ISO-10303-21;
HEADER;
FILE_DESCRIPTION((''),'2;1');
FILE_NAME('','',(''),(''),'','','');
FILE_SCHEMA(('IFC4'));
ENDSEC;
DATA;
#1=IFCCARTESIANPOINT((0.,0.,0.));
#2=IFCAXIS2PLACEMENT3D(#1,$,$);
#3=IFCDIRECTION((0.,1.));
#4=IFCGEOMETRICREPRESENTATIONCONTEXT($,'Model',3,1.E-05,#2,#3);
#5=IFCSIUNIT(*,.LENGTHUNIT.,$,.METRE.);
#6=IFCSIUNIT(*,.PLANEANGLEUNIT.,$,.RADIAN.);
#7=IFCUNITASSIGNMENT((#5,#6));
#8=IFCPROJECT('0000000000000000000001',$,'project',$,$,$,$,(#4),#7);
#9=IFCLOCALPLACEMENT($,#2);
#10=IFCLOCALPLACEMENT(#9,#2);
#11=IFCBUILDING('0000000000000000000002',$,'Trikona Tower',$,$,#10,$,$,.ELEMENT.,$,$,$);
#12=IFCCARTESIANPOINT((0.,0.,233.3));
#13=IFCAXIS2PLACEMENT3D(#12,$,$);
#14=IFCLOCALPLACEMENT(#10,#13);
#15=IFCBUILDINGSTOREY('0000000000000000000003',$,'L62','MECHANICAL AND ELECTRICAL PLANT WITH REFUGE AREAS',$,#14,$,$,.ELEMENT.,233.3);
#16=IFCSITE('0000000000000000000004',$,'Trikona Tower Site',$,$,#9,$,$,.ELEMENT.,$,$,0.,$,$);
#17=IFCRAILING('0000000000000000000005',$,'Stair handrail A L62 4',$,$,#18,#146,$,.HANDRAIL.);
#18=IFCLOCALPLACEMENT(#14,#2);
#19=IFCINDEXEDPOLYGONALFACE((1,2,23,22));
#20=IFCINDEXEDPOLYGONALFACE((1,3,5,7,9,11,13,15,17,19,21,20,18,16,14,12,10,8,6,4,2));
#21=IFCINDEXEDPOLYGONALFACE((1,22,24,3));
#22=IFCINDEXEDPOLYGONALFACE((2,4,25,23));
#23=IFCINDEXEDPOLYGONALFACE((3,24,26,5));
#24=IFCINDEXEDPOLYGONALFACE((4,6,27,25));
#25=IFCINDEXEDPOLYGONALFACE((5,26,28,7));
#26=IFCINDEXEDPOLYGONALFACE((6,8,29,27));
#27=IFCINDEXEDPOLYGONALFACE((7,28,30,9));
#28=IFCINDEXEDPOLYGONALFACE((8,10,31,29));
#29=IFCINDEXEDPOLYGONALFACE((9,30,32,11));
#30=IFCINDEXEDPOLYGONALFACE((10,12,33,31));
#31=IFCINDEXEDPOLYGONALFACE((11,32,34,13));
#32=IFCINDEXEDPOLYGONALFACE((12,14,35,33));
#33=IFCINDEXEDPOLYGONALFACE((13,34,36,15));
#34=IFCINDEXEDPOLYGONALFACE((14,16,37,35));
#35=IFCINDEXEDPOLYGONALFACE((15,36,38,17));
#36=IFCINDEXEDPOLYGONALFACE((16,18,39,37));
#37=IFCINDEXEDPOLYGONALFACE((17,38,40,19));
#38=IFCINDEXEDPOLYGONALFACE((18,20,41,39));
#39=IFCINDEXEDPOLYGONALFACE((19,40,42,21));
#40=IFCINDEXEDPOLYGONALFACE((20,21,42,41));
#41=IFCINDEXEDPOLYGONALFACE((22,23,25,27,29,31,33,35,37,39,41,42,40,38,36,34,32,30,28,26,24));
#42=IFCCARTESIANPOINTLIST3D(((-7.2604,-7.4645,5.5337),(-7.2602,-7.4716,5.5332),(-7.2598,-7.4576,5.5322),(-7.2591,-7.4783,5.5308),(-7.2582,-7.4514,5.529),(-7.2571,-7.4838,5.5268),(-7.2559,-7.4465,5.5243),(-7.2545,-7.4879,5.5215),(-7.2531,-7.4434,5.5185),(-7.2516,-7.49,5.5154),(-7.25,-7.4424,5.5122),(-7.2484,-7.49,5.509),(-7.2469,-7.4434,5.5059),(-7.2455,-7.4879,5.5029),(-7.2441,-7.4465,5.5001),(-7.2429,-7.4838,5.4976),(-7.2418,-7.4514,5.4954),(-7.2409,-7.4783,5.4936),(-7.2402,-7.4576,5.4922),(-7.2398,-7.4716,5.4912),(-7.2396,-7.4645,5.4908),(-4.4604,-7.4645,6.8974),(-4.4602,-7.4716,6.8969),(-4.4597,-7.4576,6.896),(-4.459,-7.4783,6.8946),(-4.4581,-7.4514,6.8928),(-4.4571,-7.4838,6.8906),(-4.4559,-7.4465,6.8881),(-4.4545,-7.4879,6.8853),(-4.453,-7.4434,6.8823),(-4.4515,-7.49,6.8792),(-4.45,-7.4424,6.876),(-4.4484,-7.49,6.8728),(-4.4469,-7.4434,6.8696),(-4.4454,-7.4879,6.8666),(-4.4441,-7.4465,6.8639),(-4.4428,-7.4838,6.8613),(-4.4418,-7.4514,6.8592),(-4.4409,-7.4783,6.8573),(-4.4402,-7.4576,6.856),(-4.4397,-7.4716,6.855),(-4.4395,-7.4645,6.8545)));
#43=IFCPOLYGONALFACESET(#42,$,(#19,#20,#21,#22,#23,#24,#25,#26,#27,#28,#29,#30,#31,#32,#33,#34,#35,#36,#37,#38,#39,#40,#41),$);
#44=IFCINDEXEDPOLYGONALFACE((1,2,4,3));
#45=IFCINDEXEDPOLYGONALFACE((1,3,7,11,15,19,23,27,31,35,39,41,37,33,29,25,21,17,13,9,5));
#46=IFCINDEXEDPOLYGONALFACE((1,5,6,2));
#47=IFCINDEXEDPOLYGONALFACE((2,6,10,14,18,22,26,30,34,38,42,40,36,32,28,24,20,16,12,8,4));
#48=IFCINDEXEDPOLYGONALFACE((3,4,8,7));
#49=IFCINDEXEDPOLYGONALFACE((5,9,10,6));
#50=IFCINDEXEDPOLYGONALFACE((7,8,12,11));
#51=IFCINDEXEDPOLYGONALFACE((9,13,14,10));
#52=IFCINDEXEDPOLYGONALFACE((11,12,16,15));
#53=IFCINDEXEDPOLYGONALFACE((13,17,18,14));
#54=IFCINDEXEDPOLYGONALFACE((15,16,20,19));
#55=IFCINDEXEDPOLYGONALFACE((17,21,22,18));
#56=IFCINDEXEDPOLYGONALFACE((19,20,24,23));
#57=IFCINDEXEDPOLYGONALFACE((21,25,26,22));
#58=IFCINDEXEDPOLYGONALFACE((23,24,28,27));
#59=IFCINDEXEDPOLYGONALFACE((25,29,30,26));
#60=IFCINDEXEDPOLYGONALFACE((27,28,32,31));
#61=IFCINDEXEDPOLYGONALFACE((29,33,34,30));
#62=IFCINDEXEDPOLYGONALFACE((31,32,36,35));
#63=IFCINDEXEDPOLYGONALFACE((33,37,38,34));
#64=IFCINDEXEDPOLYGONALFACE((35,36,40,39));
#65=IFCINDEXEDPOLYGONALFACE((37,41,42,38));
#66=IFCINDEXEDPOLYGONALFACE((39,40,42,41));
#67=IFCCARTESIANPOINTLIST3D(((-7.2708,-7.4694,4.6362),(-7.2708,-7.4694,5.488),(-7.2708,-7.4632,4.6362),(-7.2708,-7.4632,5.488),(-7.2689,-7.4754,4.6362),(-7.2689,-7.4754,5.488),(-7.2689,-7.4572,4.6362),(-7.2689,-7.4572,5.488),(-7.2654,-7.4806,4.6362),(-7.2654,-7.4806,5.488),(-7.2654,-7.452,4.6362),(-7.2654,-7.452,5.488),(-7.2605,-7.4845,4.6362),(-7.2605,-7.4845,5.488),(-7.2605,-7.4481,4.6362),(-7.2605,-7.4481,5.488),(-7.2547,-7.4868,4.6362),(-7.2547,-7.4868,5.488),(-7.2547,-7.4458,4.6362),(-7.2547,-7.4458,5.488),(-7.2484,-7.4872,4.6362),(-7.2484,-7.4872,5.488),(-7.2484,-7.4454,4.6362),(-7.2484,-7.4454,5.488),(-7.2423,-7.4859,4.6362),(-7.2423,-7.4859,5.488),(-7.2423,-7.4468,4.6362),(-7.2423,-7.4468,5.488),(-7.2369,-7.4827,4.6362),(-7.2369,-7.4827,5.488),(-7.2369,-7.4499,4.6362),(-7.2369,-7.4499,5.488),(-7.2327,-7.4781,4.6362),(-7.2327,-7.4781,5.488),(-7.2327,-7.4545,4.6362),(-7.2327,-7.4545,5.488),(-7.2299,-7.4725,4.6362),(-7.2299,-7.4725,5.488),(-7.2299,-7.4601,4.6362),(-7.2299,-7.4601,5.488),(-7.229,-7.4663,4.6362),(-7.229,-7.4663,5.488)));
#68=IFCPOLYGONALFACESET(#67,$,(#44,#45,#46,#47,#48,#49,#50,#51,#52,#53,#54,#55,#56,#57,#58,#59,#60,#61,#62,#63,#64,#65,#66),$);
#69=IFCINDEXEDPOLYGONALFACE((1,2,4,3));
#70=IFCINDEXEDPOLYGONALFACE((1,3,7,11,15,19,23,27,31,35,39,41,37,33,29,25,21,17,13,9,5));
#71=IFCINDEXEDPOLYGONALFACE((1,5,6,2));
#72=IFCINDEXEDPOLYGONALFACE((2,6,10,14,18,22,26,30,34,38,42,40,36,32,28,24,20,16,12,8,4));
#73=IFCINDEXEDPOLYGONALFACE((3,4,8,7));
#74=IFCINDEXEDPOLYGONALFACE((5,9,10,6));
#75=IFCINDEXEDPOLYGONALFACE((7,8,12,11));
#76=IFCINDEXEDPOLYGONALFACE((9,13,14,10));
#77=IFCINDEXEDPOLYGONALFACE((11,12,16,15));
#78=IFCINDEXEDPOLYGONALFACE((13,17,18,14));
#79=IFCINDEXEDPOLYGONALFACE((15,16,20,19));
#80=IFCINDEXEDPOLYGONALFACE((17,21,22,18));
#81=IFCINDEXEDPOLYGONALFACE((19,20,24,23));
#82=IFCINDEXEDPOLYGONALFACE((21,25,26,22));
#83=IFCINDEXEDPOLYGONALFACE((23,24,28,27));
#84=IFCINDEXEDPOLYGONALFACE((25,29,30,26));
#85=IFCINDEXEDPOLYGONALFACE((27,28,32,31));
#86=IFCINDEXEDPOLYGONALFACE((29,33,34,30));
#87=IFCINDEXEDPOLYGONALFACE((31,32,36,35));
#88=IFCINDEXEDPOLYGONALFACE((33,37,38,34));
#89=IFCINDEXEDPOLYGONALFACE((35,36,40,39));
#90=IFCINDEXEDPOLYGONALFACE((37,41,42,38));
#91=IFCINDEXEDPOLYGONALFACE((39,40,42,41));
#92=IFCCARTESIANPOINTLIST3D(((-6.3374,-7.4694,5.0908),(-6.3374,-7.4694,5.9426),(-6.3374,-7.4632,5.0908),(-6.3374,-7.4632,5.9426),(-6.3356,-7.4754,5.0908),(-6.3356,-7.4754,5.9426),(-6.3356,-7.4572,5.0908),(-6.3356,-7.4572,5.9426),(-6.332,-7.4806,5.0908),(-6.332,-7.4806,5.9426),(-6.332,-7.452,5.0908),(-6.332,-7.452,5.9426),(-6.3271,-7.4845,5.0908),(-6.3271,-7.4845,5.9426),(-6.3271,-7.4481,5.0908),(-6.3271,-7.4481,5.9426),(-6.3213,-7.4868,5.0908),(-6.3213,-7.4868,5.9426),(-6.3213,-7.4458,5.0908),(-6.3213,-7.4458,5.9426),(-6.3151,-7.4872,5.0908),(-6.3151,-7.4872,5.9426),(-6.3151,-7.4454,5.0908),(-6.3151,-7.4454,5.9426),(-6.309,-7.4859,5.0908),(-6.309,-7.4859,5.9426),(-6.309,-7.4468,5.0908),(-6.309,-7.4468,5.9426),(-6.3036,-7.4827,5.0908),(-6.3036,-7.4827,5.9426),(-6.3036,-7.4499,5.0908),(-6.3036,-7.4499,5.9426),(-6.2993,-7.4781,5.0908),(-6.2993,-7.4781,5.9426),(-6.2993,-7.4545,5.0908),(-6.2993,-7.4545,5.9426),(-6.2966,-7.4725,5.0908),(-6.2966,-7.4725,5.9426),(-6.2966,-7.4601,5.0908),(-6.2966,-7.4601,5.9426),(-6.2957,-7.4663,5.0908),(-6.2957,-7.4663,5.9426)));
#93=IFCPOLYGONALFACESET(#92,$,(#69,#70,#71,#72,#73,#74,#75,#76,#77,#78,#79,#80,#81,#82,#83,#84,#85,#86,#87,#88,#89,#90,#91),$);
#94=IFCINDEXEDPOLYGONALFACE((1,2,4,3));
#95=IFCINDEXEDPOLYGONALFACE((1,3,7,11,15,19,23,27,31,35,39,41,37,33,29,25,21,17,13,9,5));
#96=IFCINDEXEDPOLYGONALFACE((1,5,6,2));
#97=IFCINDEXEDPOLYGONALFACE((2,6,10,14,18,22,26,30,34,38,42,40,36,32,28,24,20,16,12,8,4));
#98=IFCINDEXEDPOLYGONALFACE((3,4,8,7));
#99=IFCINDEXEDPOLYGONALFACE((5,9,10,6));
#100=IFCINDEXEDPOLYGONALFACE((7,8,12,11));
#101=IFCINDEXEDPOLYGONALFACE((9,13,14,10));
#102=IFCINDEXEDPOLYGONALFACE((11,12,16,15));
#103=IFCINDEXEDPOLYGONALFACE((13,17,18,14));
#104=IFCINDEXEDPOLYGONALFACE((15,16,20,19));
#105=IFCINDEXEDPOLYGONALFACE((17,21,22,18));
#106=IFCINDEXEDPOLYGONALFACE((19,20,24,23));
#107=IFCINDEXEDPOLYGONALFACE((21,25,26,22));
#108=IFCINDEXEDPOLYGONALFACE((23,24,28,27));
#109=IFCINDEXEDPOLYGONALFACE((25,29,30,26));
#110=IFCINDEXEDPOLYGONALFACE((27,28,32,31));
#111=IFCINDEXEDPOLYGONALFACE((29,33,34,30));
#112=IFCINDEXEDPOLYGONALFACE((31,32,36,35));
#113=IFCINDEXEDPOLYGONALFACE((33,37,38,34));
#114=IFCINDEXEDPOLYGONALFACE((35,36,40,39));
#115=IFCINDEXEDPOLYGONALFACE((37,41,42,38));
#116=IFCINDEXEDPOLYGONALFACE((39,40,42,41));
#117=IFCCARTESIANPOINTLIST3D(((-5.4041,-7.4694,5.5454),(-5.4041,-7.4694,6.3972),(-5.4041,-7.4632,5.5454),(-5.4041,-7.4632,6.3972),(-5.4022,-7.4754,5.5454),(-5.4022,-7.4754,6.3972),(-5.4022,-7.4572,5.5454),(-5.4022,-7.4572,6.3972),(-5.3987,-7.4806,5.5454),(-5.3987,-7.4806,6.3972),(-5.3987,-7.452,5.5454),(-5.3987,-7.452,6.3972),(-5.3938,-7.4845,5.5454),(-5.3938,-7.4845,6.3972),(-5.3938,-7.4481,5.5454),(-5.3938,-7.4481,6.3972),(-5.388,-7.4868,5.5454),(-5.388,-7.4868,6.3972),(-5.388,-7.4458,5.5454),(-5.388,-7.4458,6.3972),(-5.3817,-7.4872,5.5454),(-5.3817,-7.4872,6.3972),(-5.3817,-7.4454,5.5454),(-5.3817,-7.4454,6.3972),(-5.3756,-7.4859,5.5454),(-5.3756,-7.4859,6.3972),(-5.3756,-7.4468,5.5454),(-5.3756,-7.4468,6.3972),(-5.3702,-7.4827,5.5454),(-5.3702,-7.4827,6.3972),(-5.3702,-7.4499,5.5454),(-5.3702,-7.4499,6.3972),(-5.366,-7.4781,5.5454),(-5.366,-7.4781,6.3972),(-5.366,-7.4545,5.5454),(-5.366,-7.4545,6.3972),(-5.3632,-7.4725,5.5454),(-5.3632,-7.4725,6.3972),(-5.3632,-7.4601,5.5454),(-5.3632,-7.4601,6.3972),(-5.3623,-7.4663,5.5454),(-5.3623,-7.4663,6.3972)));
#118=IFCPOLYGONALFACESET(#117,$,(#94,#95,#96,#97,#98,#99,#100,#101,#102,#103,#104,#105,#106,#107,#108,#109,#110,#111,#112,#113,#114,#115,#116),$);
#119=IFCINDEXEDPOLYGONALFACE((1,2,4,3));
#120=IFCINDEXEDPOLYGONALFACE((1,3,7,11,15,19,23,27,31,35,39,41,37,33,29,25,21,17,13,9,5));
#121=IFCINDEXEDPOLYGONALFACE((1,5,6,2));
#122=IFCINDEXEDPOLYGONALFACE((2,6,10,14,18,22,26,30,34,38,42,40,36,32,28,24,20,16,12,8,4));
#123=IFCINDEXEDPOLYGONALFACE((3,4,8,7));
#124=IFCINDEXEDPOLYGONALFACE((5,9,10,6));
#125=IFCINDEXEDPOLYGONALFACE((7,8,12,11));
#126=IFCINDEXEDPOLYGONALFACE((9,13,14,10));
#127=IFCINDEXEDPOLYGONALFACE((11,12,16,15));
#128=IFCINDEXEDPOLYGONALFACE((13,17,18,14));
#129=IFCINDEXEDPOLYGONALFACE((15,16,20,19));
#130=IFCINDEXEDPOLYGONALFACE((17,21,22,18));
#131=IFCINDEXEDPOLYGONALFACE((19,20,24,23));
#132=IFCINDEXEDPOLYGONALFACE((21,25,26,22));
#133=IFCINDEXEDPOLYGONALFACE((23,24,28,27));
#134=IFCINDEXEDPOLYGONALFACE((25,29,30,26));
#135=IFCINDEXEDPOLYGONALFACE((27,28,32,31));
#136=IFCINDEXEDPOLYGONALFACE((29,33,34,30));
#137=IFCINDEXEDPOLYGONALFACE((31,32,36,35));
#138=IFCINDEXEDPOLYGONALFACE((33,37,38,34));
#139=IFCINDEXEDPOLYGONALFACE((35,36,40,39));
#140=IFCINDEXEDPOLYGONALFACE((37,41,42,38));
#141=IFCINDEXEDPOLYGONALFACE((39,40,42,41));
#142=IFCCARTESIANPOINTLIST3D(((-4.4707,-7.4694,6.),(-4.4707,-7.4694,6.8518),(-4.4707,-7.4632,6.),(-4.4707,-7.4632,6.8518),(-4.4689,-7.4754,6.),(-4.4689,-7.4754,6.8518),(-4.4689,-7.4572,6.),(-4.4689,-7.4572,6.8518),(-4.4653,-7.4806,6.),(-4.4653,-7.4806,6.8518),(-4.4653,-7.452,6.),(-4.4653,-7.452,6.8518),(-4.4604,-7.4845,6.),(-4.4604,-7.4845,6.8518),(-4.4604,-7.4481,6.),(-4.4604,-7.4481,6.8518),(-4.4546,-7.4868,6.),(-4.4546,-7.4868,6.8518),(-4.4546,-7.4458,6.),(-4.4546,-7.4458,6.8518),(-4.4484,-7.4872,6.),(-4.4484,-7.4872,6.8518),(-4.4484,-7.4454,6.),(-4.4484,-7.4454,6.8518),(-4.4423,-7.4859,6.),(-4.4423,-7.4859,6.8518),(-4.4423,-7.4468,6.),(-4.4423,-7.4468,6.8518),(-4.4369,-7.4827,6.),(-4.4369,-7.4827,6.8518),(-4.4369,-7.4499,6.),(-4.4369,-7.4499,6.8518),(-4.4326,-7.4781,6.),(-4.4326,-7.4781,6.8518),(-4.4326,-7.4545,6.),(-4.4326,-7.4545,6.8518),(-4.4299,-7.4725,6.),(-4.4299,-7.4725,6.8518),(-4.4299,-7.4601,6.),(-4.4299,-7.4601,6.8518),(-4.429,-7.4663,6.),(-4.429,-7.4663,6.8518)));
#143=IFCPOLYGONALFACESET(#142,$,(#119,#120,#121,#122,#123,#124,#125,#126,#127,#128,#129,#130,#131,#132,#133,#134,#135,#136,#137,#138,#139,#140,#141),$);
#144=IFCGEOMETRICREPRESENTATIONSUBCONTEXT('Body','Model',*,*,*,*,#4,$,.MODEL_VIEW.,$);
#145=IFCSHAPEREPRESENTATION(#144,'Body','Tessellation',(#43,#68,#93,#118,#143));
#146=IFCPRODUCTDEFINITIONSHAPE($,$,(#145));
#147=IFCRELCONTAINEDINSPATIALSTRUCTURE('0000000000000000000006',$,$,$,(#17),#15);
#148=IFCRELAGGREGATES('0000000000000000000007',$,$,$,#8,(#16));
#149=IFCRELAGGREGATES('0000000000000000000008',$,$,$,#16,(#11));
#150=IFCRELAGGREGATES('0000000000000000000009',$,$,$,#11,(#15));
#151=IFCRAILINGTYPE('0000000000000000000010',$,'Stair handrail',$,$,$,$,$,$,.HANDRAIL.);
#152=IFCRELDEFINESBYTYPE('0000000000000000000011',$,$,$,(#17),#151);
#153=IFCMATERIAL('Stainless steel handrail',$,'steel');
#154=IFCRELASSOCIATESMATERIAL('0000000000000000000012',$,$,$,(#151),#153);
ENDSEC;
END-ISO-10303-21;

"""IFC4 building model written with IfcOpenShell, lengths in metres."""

from ifc_helpers import new_model, si_unit, direction, frame, origin, origin_2d, place, context, subcontext, project, spatial, circle, extrude, material, type_object, element, save


model = new_model("IFC4")

# Units and contexts
model_context = context("Model", 3, precision=1e-05, world=origin(), true_north=direction((0.0, 1.0)))
body_context = subcontext(model_context, "Body", "Model", "MODEL_VIEW")
ifc_project = project(units=[si_unit("LENGTHUNIT", "METRE"), si_unit("PLANEANGLEUNIT", "RADIAN")], contexts=[model_context])

# Site, building, storey
site_placement = place(None, origin())
site = spatial("IfcSite", under=ifc_project, at=site_placement, Name="Trikona Tower Site", CompositionType="ELEMENT", RefElevation=0.0)
building_placement = place(site_placement, origin())
building = spatial("IfcBuilding", under=site, at=building_placement, Name="Trikona Tower", CompositionType="ELEMENT")
storey_placement = place(building_placement, frame((0.0, 0.0, 233.3)))
storey = spatial("IfcBuildingStorey", under=building, at=storey_placement, Name="L62", Description="MECHANICAL AND ELECTRICAL PLANT WITH REFUGE AREAS", CompositionType="ELEMENT", Elevation=233.3)

# Railing
ifc_material_1 = material(Name="Stainless steel handrail", Category="steel")
railing_type = type_object("IfcRailingType", Name="Stair handrail", PredefinedType="HANDRAIL", material=ifc_material_1)
railing_1_placement = place(storey_placement, frame((-7.25, -7.4663, 4.6362)))
element("IfcRailing", 1, at=railing_1_placement, inside=storey, type_object=railing_type, Name="Stair handrail A L62 4", PredefinedType="HANDRAIL", context=body_context, shape_type="SweptSolid", body=[
    extrude(circle(Radius=0.0239, at=origin_2d()), frame((0.0, 0.0, 0.876), z_axis=(0.899035, 0.0, 0.437877), x_axis=(0.0, 1.0, 0.0)), (0.0, 0.0, 1.0), 3.1145),
    extrude(circle(Radius=0.021, at=origin_2d()), origin(), (0.0, 0.0, 1.0), 0.8518),
    extrude(circle(Radius=0.021, at=origin_2d()), frame((0.9333, 0.0, 0.4546)), (0.0, 0.0, 1.0), 0.8518),
    extrude(circle(Radius=0.021, at=origin_2d()), frame((1.8667, 0.0, 0.9092)), (0.0, 0.0, 1.0), 0.8518),
    extrude(circle(Radius=0.021, at=origin_2d()), frame((2.8, 0.0, 1.3638)), (0.0, 0.0, 1.0), 0.8518),
])

save(model, "model.ifc")
